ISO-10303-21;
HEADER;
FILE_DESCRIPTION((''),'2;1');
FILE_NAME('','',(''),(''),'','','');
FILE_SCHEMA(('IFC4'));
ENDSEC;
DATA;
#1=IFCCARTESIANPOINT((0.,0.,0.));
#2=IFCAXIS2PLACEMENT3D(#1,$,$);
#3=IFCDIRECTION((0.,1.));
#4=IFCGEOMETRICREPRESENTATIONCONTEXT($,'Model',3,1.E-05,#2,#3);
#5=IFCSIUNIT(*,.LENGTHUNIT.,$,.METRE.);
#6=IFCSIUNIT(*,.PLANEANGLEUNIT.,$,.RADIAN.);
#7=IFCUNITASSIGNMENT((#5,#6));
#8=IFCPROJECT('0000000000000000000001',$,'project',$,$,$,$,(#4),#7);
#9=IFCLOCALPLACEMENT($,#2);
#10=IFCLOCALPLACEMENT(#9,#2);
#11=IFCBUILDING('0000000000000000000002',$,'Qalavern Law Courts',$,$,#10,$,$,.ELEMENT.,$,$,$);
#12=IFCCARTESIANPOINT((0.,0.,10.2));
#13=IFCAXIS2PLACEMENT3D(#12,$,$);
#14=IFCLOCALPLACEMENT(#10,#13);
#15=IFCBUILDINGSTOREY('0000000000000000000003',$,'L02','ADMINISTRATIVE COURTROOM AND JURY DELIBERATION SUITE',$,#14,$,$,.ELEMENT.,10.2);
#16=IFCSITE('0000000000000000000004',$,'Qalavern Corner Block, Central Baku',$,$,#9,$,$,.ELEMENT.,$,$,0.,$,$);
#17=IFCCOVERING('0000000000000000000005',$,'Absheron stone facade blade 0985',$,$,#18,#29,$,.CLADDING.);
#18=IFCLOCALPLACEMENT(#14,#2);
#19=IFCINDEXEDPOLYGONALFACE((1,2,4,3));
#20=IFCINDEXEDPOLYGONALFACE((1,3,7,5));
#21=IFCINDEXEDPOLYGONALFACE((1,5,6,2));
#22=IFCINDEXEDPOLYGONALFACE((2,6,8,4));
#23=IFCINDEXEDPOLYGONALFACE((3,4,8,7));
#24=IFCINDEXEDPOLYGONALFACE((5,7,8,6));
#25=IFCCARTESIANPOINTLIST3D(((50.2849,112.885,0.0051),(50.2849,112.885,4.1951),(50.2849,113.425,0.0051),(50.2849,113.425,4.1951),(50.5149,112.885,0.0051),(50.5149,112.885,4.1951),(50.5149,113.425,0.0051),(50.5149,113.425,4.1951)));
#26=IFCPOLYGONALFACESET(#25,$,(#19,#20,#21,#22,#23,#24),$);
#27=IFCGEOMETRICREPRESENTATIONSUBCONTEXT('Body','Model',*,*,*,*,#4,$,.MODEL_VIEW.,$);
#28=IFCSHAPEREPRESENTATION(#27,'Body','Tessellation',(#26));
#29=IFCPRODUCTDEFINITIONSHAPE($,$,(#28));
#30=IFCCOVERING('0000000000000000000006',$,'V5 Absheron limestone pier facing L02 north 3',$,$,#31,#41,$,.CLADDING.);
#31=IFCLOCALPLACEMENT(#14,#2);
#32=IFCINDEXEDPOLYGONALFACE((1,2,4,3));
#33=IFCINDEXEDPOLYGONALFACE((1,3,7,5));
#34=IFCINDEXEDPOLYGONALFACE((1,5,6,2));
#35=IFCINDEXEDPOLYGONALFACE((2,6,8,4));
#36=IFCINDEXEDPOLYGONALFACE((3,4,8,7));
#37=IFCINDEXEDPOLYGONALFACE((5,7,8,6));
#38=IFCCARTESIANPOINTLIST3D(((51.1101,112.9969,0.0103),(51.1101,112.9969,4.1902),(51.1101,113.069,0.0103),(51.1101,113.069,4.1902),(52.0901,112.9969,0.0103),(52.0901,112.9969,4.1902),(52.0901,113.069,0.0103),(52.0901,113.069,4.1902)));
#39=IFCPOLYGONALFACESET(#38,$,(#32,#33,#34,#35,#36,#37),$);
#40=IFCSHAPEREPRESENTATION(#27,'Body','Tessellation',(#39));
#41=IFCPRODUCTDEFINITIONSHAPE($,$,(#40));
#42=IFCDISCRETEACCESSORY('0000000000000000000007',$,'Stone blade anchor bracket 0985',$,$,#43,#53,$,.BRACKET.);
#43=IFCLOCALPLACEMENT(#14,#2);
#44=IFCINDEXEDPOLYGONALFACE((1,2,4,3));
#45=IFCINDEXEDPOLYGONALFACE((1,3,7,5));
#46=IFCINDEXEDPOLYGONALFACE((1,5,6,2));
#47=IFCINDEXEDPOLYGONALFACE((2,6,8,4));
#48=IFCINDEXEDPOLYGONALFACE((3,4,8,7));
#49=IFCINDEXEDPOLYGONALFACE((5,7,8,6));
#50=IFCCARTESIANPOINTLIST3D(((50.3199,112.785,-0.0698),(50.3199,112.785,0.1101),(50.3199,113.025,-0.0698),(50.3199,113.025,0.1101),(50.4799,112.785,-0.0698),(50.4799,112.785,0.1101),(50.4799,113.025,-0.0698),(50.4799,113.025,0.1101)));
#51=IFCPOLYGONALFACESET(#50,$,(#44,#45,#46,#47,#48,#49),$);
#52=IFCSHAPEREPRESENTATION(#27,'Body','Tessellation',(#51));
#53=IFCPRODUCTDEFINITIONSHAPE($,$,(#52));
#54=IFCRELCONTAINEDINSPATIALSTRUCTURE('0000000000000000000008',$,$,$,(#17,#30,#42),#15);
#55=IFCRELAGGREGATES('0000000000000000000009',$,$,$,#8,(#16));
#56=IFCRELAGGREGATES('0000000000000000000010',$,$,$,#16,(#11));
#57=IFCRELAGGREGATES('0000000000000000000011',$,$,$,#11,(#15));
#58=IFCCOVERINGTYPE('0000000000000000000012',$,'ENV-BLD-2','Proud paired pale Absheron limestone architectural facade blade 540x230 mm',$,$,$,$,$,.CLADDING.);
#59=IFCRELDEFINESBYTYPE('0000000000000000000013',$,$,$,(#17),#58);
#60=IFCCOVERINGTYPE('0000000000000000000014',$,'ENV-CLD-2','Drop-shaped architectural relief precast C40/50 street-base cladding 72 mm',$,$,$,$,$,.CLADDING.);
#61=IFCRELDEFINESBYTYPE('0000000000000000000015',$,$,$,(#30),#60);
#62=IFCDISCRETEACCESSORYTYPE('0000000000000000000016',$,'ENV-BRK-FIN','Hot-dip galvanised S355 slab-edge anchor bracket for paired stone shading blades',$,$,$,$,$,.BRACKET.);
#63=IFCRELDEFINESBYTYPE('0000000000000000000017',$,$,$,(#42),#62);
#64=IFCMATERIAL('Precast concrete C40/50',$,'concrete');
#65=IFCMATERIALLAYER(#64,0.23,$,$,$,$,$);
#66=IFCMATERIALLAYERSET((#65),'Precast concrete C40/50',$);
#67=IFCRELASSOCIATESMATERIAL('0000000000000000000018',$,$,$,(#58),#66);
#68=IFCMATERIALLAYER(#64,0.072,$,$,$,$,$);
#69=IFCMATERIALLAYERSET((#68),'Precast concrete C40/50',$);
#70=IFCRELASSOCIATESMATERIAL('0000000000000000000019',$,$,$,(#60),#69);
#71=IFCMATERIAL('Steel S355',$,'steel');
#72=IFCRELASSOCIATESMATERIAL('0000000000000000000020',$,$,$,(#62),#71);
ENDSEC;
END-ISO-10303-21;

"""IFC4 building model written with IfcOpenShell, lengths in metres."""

from ifc_helpers import new_model, si_unit, direction, frame, origin, origin_2d, place, context, subcontext, project, spatial, rectangle, extrude, material, layer, layer_set, type_object, element, save


model = new_model("IFC4")

# Units and contexts
model_context = context("Model", 3, precision=1e-05, world=origin(), true_north=direction((0.0, 1.0)))
body_context = subcontext(model_context, "Body", "Model", "MODEL_VIEW")
ifc_project = project(units=[si_unit("LENGTHUNIT", "METRE"), si_unit("PLANEANGLEUNIT", "RADIAN")], contexts=[model_context])

# Site, building, storey
site_placement = place(None, origin())
site = spatial("IfcSite", under=ifc_project, at=site_placement, Name="Qalavern Corner Block, Central Baku", CompositionType="ELEMENT", RefElevation=0.0)
building_placement = place(site_placement, origin())
building = spatial("IfcBuilding", under=site, at=building_placement, Name="Qalavern Law Courts", CompositionType="ELEMENT")
storey_placement = place(building_placement, frame((0.0, 0.0, 10.2)))
storey = spatial("IfcBuildingStorey", under=building, at=storey_placement, Name="L02", Description="ADMINISTRATIVE COURTROOM AND JURY DELIBERATION SUITE", CompositionType="ELEMENT", Elevation=10.2)

# Shared definitions
ifc_material_1 = material(Name="Steel S355", Category="steel")

# Coverings
ifc_material_2 = material(Name="Precast concrete C40/50", Category="concrete")
ifc_layer_1 = layer(ifc_material_2, 0.23)
ifc_layer_set_1 = layer_set([ifc_layer_1], Name="Precast concrete C40/50")
covering_type_1 = type_object("IfcCoveringType", Name="ENV-BLD-2", Description="Proud paired pale Absheron limestone architectural facade blade 540x230 mm", PredefinedType="CLADDING", material=ifc_layer_set_1)
covering_1_placement = place(storey_placement, frame((50.3999, 113.155, 0.0051), z_axis=(0.0, 0.0, 1.0), x_axis=(0.0, 1.0, 0.0)))
element("IfcCovering", 1, at=covering_1_placement, inside=storey, type_object=covering_type_1, Name="Absheron stone facade blade 0985", PredefinedType="CLADDING", context=body_context, shape_type="SweptSolid", body=[
    extrude(rectangle(XDim=0.54, YDim=0.23, at=origin_2d()), origin(), (0.0, 0.0, 1.0), 4.1899),
])
ifc_layer_2 = layer(ifc_material_2, 0.072)
ifc_layer_set_2 = layer_set([ifc_layer_2], Name="Precast concrete C40/50")
covering_type_2 = type_object("IfcCoveringType", Name="ENV-CLD-2", Description="Drop-shaped architectural relief precast C40/50 street-base cladding 72 mm", PredefinedType="CLADDING", material=ifc_layer_set_2)
covering_2_placement = place(storey_placement, frame((51.6001, 113.033, 0.0103), z_axis=(0.0, 0.0, 1.0), x_axis=(-1.0, 0.0, 0.0)))
element("IfcCovering", 2, at=covering_2_placement, inside=storey, type_object=covering_type_2, Name="V5 Absheron limestone pier facing L02 north 3", PredefinedType="CLADDING", context=body_context, shape_type="SweptSolid", body=[
    extrude(rectangle(XDim=0.98, YDim=0.072, at=origin_2d()), origin(), (0.0, 0.0, 1.0), 4.1799),
])

# Discrete accessory
discrete_accessory_type = type_object("IfcDiscreteAccessoryType", Name="ENV-BRK-FIN", Description="Hot-dip galvanised S355 slab-edge anchor bracket for paired stone shading blades", PredefinedType="BRACKET", material=ifc_material_1)
discrete_accessory_placement = place(storey_placement, frame((50.3999, 112.905, -0.0698), z_axis=(0.0, 0.0, 1.0), x_axis=(0.0, 1.0, 0.0)))
element("IfcDiscreteAccessory", 3, at=discrete_accessory_placement, inside=storey, type_object=discrete_accessory_type, Name="Stone blade anchor bracket 0985", PredefinedType="BRACKET", context=body_context, shape_type="SweptSolid", body=[
    extrude(rectangle(XDim=0.24, YDim=0.1599, at=origin_2d()), origin(), (0.0, 0.0, 1.0), 0.1799),
])

save(model, "model.ifc")
